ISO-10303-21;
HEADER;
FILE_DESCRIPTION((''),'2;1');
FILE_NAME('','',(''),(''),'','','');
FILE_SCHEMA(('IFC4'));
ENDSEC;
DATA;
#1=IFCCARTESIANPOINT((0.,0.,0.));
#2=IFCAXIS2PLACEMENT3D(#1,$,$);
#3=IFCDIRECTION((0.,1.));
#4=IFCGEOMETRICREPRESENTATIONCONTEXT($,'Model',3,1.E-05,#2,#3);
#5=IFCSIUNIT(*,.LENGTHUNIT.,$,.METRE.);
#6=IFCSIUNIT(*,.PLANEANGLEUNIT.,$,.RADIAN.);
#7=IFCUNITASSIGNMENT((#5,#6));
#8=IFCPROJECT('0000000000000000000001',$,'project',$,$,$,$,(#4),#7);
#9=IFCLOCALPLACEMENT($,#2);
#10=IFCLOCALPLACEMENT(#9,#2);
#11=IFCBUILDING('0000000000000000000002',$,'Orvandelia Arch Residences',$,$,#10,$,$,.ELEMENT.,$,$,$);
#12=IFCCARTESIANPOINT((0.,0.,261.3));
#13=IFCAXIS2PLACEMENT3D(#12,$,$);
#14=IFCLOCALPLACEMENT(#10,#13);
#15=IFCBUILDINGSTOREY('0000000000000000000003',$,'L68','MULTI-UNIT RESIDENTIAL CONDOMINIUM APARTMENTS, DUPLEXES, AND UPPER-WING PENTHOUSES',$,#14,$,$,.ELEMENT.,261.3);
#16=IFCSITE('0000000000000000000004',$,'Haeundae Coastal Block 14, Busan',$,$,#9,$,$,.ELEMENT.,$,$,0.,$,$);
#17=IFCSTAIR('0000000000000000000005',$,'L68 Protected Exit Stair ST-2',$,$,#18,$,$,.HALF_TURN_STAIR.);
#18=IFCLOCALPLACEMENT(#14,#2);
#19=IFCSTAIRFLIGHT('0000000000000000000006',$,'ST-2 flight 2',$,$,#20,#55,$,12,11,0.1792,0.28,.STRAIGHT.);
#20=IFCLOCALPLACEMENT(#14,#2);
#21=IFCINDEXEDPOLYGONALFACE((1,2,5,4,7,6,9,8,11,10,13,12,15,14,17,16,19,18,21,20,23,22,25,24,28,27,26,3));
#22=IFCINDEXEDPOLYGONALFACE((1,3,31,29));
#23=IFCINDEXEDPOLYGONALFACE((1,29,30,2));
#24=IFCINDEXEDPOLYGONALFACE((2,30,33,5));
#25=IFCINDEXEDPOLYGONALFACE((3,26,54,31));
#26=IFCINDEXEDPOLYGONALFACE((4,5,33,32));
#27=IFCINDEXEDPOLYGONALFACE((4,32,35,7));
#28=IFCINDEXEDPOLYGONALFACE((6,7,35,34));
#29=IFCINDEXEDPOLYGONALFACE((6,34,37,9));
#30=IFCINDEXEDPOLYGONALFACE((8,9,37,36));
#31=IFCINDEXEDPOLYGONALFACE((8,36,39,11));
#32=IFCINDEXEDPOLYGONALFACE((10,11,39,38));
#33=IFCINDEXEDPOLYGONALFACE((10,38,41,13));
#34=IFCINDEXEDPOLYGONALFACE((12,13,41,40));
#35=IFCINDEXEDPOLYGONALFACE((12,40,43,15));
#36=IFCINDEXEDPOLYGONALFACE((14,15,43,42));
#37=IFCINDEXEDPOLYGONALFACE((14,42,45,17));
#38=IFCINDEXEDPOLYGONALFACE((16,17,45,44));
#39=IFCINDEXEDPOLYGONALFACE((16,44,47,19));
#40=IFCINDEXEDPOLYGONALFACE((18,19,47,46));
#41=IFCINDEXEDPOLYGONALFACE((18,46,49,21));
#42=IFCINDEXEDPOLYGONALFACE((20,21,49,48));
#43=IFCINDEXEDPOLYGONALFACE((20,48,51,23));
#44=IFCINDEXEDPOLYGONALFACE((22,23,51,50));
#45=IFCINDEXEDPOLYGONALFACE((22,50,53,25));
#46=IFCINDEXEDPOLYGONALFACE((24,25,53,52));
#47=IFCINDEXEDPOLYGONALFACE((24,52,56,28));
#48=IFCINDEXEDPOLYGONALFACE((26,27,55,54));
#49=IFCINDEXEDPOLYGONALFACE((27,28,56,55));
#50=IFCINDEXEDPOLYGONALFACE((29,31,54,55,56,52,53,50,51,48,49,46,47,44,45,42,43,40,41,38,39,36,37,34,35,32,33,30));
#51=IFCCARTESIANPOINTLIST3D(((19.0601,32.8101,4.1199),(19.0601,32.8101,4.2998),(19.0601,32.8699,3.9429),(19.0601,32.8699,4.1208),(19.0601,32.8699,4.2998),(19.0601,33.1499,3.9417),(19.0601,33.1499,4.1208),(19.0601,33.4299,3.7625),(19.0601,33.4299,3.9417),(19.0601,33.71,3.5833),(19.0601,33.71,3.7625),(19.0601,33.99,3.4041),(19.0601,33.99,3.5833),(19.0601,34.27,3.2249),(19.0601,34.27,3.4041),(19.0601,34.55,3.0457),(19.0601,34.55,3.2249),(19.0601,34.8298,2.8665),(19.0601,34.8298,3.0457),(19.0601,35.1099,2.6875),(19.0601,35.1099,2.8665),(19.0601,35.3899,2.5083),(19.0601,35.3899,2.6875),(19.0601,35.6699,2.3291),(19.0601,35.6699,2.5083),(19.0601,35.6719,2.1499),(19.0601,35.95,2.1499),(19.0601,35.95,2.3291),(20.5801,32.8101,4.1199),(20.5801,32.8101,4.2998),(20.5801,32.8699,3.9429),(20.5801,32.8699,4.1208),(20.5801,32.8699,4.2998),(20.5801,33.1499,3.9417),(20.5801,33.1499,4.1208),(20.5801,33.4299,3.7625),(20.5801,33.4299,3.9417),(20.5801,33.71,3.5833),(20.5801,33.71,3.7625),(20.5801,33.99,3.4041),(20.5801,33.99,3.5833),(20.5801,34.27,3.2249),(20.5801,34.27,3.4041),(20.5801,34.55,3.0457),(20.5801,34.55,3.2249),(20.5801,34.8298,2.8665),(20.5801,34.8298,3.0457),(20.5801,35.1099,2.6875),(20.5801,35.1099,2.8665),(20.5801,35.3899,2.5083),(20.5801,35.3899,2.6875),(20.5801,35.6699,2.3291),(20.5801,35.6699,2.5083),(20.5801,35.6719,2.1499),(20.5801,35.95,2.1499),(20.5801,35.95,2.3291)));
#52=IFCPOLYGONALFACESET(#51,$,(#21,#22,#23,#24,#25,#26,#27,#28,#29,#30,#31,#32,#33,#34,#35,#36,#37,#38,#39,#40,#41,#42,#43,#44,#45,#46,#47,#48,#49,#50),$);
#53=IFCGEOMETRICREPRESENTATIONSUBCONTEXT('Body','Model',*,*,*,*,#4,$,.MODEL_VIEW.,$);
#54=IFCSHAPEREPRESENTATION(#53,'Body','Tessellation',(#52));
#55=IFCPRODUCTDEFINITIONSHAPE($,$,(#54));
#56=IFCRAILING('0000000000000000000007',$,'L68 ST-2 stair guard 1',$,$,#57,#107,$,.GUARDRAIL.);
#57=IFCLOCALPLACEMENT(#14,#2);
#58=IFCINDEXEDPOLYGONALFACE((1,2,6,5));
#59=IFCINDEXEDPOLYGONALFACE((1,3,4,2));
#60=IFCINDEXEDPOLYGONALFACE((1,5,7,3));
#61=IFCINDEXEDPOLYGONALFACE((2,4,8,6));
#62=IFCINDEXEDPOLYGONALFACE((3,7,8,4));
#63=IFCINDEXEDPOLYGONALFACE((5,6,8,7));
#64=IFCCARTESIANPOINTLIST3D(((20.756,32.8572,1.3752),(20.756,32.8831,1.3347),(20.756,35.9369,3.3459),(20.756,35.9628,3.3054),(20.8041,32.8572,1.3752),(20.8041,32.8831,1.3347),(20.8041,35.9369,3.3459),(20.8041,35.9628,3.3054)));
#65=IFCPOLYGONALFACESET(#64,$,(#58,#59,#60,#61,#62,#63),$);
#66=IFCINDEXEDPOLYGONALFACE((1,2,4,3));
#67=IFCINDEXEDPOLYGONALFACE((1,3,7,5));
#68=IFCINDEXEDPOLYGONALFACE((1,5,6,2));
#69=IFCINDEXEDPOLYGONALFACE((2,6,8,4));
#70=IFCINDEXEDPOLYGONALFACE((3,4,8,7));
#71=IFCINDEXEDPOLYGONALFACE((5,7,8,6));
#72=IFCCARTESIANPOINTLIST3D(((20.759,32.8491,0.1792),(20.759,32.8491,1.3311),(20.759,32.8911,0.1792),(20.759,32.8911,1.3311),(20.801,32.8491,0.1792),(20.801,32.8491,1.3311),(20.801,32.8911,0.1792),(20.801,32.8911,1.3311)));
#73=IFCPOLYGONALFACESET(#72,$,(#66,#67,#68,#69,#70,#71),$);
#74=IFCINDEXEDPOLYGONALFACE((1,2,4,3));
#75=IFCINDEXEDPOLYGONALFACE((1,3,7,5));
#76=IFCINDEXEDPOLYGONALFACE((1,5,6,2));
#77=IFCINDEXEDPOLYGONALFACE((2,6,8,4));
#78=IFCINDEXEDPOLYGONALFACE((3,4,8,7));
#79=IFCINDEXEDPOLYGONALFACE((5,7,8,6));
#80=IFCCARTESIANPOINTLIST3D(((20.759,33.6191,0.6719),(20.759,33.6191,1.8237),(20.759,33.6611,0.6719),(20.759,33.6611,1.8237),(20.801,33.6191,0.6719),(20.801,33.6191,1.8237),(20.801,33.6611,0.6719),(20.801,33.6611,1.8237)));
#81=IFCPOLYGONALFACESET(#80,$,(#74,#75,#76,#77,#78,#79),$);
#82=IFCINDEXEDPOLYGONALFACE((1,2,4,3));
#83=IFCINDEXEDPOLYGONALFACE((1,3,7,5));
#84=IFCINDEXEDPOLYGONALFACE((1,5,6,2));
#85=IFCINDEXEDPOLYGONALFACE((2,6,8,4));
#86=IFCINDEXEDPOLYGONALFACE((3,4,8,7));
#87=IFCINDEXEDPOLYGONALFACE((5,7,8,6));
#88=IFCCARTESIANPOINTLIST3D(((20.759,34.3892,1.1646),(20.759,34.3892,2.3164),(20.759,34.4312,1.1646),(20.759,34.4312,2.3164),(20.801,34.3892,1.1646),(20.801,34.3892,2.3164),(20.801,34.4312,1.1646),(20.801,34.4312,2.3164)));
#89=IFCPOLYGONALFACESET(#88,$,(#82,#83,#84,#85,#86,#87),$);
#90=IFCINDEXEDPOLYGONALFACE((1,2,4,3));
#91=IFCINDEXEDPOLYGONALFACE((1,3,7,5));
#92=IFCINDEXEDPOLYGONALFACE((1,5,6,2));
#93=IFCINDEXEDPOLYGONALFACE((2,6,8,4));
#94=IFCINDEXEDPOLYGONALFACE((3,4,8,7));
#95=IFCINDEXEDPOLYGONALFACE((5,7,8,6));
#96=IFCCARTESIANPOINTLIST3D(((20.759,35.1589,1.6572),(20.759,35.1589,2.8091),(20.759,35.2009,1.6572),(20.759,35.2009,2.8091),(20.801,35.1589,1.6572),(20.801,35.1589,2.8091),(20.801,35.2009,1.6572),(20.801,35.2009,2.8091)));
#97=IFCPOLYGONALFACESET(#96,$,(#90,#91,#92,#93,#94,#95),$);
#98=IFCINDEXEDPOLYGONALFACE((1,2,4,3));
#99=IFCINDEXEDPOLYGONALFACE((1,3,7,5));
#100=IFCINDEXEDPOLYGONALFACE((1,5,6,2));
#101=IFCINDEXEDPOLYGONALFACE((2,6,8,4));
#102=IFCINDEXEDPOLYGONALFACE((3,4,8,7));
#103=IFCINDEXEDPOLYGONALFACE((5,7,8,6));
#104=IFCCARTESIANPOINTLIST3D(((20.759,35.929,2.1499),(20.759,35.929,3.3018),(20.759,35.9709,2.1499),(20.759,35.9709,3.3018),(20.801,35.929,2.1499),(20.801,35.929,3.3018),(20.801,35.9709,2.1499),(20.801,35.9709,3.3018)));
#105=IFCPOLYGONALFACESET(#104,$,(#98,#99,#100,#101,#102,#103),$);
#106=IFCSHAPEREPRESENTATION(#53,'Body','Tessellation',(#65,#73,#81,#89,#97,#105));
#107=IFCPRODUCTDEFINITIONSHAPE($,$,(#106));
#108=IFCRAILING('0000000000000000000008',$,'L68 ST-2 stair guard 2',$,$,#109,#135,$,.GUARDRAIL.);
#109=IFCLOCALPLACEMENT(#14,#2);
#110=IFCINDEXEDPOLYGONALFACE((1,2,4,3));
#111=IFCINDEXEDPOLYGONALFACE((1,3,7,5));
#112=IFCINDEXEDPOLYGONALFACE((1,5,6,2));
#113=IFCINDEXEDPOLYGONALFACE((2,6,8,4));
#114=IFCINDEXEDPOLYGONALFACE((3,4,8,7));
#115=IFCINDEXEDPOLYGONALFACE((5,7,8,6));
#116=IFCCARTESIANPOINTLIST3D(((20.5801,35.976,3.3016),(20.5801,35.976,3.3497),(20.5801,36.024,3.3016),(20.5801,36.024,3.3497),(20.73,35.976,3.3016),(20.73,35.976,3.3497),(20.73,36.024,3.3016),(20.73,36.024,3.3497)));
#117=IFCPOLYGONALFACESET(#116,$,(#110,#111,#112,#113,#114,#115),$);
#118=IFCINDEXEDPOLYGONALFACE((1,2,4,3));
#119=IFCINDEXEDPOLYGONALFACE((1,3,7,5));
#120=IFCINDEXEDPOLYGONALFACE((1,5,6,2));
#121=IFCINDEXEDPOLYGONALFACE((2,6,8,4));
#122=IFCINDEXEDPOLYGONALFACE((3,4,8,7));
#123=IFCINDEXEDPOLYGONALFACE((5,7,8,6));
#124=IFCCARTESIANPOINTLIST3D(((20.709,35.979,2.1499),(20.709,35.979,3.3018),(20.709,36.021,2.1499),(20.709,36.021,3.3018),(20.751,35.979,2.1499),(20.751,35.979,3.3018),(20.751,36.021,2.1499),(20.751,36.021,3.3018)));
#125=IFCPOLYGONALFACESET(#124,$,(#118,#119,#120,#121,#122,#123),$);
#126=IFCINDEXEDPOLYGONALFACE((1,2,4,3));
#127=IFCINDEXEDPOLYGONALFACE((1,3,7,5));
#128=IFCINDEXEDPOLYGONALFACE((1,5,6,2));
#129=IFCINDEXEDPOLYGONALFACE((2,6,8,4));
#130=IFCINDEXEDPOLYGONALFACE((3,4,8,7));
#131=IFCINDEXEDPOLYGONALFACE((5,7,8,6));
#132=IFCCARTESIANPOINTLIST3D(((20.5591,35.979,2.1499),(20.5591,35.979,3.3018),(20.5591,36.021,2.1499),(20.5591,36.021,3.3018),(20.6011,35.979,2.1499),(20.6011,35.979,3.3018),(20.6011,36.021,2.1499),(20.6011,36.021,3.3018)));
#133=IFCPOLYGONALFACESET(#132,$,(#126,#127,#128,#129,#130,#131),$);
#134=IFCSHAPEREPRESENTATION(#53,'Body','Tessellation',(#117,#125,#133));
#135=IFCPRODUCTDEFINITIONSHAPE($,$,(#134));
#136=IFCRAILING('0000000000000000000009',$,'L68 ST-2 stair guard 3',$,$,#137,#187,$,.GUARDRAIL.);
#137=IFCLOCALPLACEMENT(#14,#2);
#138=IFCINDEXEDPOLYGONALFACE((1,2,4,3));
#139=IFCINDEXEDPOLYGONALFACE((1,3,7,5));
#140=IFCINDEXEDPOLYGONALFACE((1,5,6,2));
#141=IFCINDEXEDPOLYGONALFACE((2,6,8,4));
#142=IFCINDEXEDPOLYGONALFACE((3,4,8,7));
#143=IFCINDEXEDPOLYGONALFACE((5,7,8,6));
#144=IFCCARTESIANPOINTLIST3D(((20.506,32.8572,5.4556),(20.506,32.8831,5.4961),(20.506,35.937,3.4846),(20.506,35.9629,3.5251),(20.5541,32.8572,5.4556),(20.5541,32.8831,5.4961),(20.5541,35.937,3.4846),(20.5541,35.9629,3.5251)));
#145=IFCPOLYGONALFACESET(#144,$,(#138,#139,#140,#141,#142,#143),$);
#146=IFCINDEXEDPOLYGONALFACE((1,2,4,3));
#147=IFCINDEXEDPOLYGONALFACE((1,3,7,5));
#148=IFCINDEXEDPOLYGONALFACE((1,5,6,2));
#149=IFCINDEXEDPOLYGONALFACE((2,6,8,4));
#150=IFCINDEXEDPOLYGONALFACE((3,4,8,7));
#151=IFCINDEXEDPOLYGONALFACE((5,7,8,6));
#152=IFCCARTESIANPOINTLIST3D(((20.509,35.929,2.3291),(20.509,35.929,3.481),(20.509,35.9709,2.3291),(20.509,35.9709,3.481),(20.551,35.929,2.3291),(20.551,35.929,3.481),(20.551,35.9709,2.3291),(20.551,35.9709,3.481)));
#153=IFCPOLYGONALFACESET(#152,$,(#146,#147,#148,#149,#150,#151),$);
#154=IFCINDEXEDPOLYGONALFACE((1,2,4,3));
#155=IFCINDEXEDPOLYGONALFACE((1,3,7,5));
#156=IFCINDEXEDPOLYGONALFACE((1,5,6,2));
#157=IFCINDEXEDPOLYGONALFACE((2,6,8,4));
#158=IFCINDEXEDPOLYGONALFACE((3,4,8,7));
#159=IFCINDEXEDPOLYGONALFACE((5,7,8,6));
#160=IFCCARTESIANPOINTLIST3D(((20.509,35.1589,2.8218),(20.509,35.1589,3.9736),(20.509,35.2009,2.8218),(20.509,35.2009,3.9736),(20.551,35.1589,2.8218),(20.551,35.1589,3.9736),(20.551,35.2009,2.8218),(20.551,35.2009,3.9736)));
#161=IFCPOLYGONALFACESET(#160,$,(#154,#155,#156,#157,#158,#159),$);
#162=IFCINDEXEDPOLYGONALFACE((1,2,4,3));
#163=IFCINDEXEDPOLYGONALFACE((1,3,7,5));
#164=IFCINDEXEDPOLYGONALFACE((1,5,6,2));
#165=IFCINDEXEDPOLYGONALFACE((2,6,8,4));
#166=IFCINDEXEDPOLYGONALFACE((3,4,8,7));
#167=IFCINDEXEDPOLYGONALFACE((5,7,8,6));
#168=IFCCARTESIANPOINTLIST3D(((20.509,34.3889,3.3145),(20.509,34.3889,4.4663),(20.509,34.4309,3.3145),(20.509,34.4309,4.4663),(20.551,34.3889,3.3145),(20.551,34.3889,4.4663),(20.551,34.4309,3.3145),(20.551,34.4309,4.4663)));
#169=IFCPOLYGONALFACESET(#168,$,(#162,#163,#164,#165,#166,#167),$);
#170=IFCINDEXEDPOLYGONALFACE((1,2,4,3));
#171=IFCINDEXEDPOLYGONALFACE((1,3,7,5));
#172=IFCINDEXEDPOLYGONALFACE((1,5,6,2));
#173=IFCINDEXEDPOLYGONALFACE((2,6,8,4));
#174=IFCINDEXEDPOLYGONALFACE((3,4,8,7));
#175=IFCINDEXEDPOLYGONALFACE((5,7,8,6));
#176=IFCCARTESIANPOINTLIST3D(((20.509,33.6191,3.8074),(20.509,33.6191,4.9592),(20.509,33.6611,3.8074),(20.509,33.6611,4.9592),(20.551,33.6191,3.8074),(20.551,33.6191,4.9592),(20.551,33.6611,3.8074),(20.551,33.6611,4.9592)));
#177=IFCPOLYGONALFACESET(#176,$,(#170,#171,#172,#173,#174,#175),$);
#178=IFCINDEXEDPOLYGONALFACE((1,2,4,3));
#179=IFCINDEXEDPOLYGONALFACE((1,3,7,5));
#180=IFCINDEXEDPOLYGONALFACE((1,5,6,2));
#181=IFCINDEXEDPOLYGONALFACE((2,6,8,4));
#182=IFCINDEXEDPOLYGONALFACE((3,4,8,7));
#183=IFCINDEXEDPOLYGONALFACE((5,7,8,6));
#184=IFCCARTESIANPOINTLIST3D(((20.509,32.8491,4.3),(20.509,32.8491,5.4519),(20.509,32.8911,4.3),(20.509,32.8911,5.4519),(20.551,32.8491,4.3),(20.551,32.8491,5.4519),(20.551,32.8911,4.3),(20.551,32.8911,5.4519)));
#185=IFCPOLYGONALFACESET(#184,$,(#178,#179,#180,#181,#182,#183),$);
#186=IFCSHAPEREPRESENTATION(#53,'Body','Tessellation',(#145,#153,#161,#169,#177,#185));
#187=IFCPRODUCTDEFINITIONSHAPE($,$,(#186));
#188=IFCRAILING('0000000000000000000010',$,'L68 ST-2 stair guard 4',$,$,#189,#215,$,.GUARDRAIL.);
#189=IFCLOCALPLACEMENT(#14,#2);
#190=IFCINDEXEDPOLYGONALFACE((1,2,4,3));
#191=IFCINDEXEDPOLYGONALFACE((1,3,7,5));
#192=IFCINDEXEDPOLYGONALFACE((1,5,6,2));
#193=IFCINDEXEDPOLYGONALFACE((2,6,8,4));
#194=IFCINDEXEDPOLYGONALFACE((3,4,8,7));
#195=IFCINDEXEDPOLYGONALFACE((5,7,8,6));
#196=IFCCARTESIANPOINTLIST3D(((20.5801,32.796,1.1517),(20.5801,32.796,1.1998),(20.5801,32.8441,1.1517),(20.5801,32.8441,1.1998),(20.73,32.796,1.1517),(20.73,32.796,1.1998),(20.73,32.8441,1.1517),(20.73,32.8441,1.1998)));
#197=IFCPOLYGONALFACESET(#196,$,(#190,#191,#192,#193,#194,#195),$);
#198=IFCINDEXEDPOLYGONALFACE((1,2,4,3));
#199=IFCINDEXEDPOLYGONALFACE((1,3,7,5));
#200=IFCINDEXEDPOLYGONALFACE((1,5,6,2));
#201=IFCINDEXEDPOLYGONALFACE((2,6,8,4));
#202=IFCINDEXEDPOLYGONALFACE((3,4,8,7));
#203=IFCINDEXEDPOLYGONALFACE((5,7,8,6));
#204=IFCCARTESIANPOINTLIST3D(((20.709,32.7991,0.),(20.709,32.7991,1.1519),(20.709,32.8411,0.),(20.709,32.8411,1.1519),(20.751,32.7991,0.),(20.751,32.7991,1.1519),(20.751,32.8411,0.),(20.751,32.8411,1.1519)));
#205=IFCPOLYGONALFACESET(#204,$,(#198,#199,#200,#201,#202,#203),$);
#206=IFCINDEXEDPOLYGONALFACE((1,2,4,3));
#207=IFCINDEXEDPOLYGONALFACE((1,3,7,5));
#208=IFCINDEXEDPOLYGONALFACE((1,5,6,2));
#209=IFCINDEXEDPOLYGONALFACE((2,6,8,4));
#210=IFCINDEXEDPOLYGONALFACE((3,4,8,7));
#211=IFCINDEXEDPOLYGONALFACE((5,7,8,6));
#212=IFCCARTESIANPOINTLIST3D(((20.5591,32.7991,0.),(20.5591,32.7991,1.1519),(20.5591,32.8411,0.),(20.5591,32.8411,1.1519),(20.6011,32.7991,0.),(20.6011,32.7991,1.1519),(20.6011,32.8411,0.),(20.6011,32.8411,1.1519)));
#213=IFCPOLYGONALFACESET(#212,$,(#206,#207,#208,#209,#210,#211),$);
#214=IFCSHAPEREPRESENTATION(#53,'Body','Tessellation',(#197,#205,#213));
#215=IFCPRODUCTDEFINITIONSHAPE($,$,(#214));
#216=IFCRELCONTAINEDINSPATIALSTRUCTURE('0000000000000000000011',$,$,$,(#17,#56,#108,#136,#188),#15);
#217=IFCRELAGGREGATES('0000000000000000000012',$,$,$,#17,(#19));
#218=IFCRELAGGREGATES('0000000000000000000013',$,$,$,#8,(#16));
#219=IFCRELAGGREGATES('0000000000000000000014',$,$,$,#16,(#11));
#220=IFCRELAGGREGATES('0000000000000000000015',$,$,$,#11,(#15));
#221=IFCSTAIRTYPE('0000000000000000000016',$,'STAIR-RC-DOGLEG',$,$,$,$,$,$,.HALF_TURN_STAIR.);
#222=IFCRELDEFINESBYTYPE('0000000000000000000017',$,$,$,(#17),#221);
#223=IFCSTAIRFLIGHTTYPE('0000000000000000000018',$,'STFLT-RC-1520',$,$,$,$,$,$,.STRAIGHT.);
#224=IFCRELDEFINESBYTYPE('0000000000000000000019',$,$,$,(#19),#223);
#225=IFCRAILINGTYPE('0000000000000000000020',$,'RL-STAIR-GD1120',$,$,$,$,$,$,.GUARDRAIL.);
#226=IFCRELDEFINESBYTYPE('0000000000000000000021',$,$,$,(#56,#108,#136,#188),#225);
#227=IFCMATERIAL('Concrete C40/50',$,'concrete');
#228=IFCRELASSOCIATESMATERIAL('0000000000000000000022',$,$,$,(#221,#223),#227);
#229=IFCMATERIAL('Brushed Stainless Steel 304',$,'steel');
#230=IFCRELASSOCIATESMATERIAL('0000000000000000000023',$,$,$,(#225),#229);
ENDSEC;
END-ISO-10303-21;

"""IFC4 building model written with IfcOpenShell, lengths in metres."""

from ifc_helpers import new_model, si_unit, direction, frame, origin, origin_2d, place, context, subcontext, project, spatial, polyline, rectangle, outline, extrude, material, type_object, element, aggregate, save


model = new_model("IFC4")

# Units and contexts
model_context = context("Model", 3, precision=1e-05, world=origin(), true_north=direction((0.0, 1.0)))
body_context = subcontext(model_context, "Body", "Model", "MODEL_VIEW")
ifc_project = project(units=[si_unit("LENGTHUNIT", "METRE"), si_unit("PLANEANGLEUNIT", "RADIAN")], contexts=[model_context])

# Site, building, storey
site_placement = place(None, origin())
site = spatial("IfcSite", under=ifc_project, at=site_placement, Name="Haeundae Coastal Block 14, Busan", CompositionType="ELEMENT", RefElevation=0.0)
building_placement = place(site_placement, origin())
building = spatial("IfcBuilding", under=site, at=building_placement, Name="Orvandelia Arch Residences", CompositionType="ELEMENT")
storey_placement = place(building_placement, frame((0.0, 0.0, 261.3)))
storey = spatial("IfcBuildingStorey", under=building, at=storey_placement, Name="L68", Description="MULTI-UNIT RESIDENTIAL CONDOMINIUM APARTMENTS, DUPLEXES, AND UPPER-WING PENTHOUSES", CompositionType="ELEMENT", Elevation=261.3)

# Stair, stair flight
ifc_material_1 = material(Name="Concrete C40/50", Category="concrete")
stair_type = type_object("IfcStairType", Name="STAIR-RC-DOGLEG", PredefinedType="HALF_TURN_STAIR", material=ifc_material_1)
stair_placement = place(storey_placement, origin())
stair = element("IfcStair", 1, at=stair_placement, inside=storey, type_object=stair_type, Name="L68 Protected Exit Stair ST-2", PredefinedType="HALF_TURN_STAIR")
stair_flight_type = type_object("IfcStairFlightType", Name="STFLT-RC-1520", PredefinedType="STRAIGHT", material=ifc_material_1)
stair_flight_1_placement = place(storey_placement, frame((19.8201, 35.95, 2.1499), z_axis=(0.0, 0.0, 1.0), x_axis=(0.0, -1.0, 0.0)))
stair_flight_1 = element("IfcStairFlight", 2, at=stair_flight_1_placement, type_object=stair_flight_type, Name="ST-2 flight 2", NumberOfRisers=12, NumberOfTreads=11, PredefinedType="STRAIGHT", RiserHeight=0.1792, TreadLength=0.28, context=body_context, shape_type="SweptSolid", body=[
    extrude(outline(polyline([(0.0, 0.0), (0.0, 0.1792), (0.28, 0.1792), (0.28, 0.3584), (0.5601, 0.3584), (0.5601, 0.5376), (0.8401, 0.5376), (0.8401, 0.7166), (1.1201, 0.7166), (1.1201, 0.8958), (1.3999, 0.8958), (1.3999, 1.075), (1.6799, 1.075), (1.6799, 1.2542), (1.96, 1.2542), (1.96, 1.4333), (2.24, 1.4333), (2.24, 1.6125), (2.52, 1.6125), (2.52, 1.7917), (2.8, 1.7917), (2.8, 1.9709), (3.0801, 1.9709), (3.0801, 2.1499), (3.1399, 2.1499), (3.1399, 1.97), (3.0801, 1.793), (0.2781, 0.0), (0.0, 0.0)])), frame((0.0, 0.76, 0.0), z_axis=(0.0, -1.0, 0.0), x_axis=(1.0, 0.0, 0.0)), (0.0, 0.0, 1.0), 1.52),
])
aggregate(stair, [stair_flight_1])

# Railings
ifc_material_2 = material(Name="Brushed Stainless Steel 304", Category="steel")
railing_type_1 = type_object("IfcRailingType", Name="RL-STAIR-GD1120", PredefinedType="GUARDRAIL", material=ifc_material_2)
railing_1_placement = place(storey_placement, frame((20.78, 32.8701, 0.1792)))
element("IfcRailing", 3, at=railing_1_placement, inside=storey, type_object=railing_type_1, Name="L68 ST-2 stair guard 1", PredefinedType="GUARDRAIL", context=body_context, shape_type="SweptSolid", body=[
    extrude(rectangle(XDim=0.0481, YDim=0.0481, at=origin_2d()), frame((0.0, 0.0, 1.1758), z_axis=(0.0, 0.84232, 0.538978), x_axis=(-1.0, 0.0, 0.0)), (0.0, 0.0, 1.0), 3.6562),
    extrude(rectangle(XDim=0.042, YDim=0.042, at=origin_2d()), origin(), (0.0, 0.0, 1.0), 1.1519),
    extrude(rectangle(XDim=0.042, YDim=0.042, at=origin_2d()), frame((0.0, 0.77, 0.4927)), (0.0, 0.0, 1.0), 1.1519),
    extrude(rectangle(XDim=0.042, YDim=0.042, at=origin_2d()), frame((0.0, 1.54, 0.9854)), (0.0, 0.0, 1.0), 1.1519),
    extrude(rectangle(XDim=0.042, YDim=0.042, at=origin_2d()), frame((0.0, 2.3098, 1.478)), (0.0, 0.0, 1.0), 1.1519),
    extrude(rectangle(XDim=0.042, YDim=0.042, at=origin_2d()), frame((0.0, 3.0798, 1.9707)), (0.0, 0.0, 1.0), 1.1519),
])
railing_2_placement = place(storey_placement, frame((20.73, 36.0, 2.1499)))
element("IfcRailing", 4, at=railing_2_placement, inside=storey, type_object=railing_type_1, Name="L68 ST-2 stair guard 2", PredefinedType="GUARDRAIL", context=body_context, shape_type="SweptSolid", body=[
    extrude(rectangle(XDim=0.0481, YDim=0.0481, at=origin_2d()), frame((0.0, 0.0, 1.1758), z_axis=(-1.0, 0.0, 0.0), x_axis=(0.0, -1.0, 0.0)), (0.0, 0.0, 1.0), 0.1499),
    extrude(rectangle(XDim=0.042, YDim=0.042, at=origin_2d()), origin(), (0.0, 0.0, 1.0), 1.1519),
    extrude(rectangle(XDim=0.042, YDim=0.042, at=origin_2d()), frame((-0.1499, 0.0, 0.0)), (0.0, 0.0, 1.0), 1.1519),
])
railing_3_placement = place(storey_placement, frame((20.53, 35.95, 2.3291)))
element("IfcRailing", 5, at=railing_3_placement, inside=storey, type_object=railing_type_1, Name="L68 ST-2 stair guard 3", PredefinedType="GUARDRAIL", context=body_context, shape_type="SweptSolid", body=[
    extrude(rectangle(XDim=0.0481, YDim=0.0481, at=origin_2d()), frame((0.0, 0.0, 1.1758), z_axis=(0.0, -0.84229, 0.539025), x_axis=(1.0, 0.0, 0.0)), (0.0, 0.0, 1.0), 3.6565),
    extrude(rectangle(XDim=0.042, YDim=0.042, at=origin_2d()), origin(), (0.0, 0.0, 1.0), 1.1519),
    extrude(rectangle(XDim=0.042, YDim=0.042, at=origin_2d()), frame((0.0, -0.77, 0.4927)), (0.0, 0.0, 1.0), 1.1519),
    extrude(rectangle(XDim=0.042, YDim=0.042, at=origin_2d()), frame((0.0, -1.54, 0.9854)), (0.0, 0.0, 1.0), 1.1519),
    extrude(rectangle(XDim=0.042, YDim=0.042, at=origin_2d()), frame((0.0, -2.3098, 1.4783)), (0.0, 0.0, 1.0), 1.1519),
    extrude(rectangle(XDim=0.042, YDim=0.042, at=origin_2d()), frame((0.0, -3.0798, 1.9709)), (0.0, 0.0, 1.0), 1.1519),
])
railing_4_placement = place(storey_placement, frame((20.73, 32.8201, 0.0)))
element("IfcRailing", 6, at=railing_4_placement, inside=storey, type_object=railing_type_1, Name="L68 ST-2 stair guard 4", PredefinedType="GUARDRAIL", context=body_context, shape_type="SweptSolid", body=[
    extrude(rectangle(XDim=0.0481, YDim=0.0481, at=origin_2d()), frame((0.0, 0.0, 1.1758), z_axis=(-1.0, 0.0, 0.0), x_axis=(0.0, -1.0, 0.0)), (0.0, 0.0, 1.0), 0.1499),
    extrude(rectangle(XDim=0.042, YDim=0.042, at=origin_2d()), origin(), (0.0, 0.0, 1.0), 1.1519),
    extrude(rectangle(XDim=0.042, YDim=0.042, at=origin_2d()), frame((-0.1499, 0.0, 0.0)), (0.0, 0.0, 1.0), 1.1519),
])

save(model, "model.ifc")
